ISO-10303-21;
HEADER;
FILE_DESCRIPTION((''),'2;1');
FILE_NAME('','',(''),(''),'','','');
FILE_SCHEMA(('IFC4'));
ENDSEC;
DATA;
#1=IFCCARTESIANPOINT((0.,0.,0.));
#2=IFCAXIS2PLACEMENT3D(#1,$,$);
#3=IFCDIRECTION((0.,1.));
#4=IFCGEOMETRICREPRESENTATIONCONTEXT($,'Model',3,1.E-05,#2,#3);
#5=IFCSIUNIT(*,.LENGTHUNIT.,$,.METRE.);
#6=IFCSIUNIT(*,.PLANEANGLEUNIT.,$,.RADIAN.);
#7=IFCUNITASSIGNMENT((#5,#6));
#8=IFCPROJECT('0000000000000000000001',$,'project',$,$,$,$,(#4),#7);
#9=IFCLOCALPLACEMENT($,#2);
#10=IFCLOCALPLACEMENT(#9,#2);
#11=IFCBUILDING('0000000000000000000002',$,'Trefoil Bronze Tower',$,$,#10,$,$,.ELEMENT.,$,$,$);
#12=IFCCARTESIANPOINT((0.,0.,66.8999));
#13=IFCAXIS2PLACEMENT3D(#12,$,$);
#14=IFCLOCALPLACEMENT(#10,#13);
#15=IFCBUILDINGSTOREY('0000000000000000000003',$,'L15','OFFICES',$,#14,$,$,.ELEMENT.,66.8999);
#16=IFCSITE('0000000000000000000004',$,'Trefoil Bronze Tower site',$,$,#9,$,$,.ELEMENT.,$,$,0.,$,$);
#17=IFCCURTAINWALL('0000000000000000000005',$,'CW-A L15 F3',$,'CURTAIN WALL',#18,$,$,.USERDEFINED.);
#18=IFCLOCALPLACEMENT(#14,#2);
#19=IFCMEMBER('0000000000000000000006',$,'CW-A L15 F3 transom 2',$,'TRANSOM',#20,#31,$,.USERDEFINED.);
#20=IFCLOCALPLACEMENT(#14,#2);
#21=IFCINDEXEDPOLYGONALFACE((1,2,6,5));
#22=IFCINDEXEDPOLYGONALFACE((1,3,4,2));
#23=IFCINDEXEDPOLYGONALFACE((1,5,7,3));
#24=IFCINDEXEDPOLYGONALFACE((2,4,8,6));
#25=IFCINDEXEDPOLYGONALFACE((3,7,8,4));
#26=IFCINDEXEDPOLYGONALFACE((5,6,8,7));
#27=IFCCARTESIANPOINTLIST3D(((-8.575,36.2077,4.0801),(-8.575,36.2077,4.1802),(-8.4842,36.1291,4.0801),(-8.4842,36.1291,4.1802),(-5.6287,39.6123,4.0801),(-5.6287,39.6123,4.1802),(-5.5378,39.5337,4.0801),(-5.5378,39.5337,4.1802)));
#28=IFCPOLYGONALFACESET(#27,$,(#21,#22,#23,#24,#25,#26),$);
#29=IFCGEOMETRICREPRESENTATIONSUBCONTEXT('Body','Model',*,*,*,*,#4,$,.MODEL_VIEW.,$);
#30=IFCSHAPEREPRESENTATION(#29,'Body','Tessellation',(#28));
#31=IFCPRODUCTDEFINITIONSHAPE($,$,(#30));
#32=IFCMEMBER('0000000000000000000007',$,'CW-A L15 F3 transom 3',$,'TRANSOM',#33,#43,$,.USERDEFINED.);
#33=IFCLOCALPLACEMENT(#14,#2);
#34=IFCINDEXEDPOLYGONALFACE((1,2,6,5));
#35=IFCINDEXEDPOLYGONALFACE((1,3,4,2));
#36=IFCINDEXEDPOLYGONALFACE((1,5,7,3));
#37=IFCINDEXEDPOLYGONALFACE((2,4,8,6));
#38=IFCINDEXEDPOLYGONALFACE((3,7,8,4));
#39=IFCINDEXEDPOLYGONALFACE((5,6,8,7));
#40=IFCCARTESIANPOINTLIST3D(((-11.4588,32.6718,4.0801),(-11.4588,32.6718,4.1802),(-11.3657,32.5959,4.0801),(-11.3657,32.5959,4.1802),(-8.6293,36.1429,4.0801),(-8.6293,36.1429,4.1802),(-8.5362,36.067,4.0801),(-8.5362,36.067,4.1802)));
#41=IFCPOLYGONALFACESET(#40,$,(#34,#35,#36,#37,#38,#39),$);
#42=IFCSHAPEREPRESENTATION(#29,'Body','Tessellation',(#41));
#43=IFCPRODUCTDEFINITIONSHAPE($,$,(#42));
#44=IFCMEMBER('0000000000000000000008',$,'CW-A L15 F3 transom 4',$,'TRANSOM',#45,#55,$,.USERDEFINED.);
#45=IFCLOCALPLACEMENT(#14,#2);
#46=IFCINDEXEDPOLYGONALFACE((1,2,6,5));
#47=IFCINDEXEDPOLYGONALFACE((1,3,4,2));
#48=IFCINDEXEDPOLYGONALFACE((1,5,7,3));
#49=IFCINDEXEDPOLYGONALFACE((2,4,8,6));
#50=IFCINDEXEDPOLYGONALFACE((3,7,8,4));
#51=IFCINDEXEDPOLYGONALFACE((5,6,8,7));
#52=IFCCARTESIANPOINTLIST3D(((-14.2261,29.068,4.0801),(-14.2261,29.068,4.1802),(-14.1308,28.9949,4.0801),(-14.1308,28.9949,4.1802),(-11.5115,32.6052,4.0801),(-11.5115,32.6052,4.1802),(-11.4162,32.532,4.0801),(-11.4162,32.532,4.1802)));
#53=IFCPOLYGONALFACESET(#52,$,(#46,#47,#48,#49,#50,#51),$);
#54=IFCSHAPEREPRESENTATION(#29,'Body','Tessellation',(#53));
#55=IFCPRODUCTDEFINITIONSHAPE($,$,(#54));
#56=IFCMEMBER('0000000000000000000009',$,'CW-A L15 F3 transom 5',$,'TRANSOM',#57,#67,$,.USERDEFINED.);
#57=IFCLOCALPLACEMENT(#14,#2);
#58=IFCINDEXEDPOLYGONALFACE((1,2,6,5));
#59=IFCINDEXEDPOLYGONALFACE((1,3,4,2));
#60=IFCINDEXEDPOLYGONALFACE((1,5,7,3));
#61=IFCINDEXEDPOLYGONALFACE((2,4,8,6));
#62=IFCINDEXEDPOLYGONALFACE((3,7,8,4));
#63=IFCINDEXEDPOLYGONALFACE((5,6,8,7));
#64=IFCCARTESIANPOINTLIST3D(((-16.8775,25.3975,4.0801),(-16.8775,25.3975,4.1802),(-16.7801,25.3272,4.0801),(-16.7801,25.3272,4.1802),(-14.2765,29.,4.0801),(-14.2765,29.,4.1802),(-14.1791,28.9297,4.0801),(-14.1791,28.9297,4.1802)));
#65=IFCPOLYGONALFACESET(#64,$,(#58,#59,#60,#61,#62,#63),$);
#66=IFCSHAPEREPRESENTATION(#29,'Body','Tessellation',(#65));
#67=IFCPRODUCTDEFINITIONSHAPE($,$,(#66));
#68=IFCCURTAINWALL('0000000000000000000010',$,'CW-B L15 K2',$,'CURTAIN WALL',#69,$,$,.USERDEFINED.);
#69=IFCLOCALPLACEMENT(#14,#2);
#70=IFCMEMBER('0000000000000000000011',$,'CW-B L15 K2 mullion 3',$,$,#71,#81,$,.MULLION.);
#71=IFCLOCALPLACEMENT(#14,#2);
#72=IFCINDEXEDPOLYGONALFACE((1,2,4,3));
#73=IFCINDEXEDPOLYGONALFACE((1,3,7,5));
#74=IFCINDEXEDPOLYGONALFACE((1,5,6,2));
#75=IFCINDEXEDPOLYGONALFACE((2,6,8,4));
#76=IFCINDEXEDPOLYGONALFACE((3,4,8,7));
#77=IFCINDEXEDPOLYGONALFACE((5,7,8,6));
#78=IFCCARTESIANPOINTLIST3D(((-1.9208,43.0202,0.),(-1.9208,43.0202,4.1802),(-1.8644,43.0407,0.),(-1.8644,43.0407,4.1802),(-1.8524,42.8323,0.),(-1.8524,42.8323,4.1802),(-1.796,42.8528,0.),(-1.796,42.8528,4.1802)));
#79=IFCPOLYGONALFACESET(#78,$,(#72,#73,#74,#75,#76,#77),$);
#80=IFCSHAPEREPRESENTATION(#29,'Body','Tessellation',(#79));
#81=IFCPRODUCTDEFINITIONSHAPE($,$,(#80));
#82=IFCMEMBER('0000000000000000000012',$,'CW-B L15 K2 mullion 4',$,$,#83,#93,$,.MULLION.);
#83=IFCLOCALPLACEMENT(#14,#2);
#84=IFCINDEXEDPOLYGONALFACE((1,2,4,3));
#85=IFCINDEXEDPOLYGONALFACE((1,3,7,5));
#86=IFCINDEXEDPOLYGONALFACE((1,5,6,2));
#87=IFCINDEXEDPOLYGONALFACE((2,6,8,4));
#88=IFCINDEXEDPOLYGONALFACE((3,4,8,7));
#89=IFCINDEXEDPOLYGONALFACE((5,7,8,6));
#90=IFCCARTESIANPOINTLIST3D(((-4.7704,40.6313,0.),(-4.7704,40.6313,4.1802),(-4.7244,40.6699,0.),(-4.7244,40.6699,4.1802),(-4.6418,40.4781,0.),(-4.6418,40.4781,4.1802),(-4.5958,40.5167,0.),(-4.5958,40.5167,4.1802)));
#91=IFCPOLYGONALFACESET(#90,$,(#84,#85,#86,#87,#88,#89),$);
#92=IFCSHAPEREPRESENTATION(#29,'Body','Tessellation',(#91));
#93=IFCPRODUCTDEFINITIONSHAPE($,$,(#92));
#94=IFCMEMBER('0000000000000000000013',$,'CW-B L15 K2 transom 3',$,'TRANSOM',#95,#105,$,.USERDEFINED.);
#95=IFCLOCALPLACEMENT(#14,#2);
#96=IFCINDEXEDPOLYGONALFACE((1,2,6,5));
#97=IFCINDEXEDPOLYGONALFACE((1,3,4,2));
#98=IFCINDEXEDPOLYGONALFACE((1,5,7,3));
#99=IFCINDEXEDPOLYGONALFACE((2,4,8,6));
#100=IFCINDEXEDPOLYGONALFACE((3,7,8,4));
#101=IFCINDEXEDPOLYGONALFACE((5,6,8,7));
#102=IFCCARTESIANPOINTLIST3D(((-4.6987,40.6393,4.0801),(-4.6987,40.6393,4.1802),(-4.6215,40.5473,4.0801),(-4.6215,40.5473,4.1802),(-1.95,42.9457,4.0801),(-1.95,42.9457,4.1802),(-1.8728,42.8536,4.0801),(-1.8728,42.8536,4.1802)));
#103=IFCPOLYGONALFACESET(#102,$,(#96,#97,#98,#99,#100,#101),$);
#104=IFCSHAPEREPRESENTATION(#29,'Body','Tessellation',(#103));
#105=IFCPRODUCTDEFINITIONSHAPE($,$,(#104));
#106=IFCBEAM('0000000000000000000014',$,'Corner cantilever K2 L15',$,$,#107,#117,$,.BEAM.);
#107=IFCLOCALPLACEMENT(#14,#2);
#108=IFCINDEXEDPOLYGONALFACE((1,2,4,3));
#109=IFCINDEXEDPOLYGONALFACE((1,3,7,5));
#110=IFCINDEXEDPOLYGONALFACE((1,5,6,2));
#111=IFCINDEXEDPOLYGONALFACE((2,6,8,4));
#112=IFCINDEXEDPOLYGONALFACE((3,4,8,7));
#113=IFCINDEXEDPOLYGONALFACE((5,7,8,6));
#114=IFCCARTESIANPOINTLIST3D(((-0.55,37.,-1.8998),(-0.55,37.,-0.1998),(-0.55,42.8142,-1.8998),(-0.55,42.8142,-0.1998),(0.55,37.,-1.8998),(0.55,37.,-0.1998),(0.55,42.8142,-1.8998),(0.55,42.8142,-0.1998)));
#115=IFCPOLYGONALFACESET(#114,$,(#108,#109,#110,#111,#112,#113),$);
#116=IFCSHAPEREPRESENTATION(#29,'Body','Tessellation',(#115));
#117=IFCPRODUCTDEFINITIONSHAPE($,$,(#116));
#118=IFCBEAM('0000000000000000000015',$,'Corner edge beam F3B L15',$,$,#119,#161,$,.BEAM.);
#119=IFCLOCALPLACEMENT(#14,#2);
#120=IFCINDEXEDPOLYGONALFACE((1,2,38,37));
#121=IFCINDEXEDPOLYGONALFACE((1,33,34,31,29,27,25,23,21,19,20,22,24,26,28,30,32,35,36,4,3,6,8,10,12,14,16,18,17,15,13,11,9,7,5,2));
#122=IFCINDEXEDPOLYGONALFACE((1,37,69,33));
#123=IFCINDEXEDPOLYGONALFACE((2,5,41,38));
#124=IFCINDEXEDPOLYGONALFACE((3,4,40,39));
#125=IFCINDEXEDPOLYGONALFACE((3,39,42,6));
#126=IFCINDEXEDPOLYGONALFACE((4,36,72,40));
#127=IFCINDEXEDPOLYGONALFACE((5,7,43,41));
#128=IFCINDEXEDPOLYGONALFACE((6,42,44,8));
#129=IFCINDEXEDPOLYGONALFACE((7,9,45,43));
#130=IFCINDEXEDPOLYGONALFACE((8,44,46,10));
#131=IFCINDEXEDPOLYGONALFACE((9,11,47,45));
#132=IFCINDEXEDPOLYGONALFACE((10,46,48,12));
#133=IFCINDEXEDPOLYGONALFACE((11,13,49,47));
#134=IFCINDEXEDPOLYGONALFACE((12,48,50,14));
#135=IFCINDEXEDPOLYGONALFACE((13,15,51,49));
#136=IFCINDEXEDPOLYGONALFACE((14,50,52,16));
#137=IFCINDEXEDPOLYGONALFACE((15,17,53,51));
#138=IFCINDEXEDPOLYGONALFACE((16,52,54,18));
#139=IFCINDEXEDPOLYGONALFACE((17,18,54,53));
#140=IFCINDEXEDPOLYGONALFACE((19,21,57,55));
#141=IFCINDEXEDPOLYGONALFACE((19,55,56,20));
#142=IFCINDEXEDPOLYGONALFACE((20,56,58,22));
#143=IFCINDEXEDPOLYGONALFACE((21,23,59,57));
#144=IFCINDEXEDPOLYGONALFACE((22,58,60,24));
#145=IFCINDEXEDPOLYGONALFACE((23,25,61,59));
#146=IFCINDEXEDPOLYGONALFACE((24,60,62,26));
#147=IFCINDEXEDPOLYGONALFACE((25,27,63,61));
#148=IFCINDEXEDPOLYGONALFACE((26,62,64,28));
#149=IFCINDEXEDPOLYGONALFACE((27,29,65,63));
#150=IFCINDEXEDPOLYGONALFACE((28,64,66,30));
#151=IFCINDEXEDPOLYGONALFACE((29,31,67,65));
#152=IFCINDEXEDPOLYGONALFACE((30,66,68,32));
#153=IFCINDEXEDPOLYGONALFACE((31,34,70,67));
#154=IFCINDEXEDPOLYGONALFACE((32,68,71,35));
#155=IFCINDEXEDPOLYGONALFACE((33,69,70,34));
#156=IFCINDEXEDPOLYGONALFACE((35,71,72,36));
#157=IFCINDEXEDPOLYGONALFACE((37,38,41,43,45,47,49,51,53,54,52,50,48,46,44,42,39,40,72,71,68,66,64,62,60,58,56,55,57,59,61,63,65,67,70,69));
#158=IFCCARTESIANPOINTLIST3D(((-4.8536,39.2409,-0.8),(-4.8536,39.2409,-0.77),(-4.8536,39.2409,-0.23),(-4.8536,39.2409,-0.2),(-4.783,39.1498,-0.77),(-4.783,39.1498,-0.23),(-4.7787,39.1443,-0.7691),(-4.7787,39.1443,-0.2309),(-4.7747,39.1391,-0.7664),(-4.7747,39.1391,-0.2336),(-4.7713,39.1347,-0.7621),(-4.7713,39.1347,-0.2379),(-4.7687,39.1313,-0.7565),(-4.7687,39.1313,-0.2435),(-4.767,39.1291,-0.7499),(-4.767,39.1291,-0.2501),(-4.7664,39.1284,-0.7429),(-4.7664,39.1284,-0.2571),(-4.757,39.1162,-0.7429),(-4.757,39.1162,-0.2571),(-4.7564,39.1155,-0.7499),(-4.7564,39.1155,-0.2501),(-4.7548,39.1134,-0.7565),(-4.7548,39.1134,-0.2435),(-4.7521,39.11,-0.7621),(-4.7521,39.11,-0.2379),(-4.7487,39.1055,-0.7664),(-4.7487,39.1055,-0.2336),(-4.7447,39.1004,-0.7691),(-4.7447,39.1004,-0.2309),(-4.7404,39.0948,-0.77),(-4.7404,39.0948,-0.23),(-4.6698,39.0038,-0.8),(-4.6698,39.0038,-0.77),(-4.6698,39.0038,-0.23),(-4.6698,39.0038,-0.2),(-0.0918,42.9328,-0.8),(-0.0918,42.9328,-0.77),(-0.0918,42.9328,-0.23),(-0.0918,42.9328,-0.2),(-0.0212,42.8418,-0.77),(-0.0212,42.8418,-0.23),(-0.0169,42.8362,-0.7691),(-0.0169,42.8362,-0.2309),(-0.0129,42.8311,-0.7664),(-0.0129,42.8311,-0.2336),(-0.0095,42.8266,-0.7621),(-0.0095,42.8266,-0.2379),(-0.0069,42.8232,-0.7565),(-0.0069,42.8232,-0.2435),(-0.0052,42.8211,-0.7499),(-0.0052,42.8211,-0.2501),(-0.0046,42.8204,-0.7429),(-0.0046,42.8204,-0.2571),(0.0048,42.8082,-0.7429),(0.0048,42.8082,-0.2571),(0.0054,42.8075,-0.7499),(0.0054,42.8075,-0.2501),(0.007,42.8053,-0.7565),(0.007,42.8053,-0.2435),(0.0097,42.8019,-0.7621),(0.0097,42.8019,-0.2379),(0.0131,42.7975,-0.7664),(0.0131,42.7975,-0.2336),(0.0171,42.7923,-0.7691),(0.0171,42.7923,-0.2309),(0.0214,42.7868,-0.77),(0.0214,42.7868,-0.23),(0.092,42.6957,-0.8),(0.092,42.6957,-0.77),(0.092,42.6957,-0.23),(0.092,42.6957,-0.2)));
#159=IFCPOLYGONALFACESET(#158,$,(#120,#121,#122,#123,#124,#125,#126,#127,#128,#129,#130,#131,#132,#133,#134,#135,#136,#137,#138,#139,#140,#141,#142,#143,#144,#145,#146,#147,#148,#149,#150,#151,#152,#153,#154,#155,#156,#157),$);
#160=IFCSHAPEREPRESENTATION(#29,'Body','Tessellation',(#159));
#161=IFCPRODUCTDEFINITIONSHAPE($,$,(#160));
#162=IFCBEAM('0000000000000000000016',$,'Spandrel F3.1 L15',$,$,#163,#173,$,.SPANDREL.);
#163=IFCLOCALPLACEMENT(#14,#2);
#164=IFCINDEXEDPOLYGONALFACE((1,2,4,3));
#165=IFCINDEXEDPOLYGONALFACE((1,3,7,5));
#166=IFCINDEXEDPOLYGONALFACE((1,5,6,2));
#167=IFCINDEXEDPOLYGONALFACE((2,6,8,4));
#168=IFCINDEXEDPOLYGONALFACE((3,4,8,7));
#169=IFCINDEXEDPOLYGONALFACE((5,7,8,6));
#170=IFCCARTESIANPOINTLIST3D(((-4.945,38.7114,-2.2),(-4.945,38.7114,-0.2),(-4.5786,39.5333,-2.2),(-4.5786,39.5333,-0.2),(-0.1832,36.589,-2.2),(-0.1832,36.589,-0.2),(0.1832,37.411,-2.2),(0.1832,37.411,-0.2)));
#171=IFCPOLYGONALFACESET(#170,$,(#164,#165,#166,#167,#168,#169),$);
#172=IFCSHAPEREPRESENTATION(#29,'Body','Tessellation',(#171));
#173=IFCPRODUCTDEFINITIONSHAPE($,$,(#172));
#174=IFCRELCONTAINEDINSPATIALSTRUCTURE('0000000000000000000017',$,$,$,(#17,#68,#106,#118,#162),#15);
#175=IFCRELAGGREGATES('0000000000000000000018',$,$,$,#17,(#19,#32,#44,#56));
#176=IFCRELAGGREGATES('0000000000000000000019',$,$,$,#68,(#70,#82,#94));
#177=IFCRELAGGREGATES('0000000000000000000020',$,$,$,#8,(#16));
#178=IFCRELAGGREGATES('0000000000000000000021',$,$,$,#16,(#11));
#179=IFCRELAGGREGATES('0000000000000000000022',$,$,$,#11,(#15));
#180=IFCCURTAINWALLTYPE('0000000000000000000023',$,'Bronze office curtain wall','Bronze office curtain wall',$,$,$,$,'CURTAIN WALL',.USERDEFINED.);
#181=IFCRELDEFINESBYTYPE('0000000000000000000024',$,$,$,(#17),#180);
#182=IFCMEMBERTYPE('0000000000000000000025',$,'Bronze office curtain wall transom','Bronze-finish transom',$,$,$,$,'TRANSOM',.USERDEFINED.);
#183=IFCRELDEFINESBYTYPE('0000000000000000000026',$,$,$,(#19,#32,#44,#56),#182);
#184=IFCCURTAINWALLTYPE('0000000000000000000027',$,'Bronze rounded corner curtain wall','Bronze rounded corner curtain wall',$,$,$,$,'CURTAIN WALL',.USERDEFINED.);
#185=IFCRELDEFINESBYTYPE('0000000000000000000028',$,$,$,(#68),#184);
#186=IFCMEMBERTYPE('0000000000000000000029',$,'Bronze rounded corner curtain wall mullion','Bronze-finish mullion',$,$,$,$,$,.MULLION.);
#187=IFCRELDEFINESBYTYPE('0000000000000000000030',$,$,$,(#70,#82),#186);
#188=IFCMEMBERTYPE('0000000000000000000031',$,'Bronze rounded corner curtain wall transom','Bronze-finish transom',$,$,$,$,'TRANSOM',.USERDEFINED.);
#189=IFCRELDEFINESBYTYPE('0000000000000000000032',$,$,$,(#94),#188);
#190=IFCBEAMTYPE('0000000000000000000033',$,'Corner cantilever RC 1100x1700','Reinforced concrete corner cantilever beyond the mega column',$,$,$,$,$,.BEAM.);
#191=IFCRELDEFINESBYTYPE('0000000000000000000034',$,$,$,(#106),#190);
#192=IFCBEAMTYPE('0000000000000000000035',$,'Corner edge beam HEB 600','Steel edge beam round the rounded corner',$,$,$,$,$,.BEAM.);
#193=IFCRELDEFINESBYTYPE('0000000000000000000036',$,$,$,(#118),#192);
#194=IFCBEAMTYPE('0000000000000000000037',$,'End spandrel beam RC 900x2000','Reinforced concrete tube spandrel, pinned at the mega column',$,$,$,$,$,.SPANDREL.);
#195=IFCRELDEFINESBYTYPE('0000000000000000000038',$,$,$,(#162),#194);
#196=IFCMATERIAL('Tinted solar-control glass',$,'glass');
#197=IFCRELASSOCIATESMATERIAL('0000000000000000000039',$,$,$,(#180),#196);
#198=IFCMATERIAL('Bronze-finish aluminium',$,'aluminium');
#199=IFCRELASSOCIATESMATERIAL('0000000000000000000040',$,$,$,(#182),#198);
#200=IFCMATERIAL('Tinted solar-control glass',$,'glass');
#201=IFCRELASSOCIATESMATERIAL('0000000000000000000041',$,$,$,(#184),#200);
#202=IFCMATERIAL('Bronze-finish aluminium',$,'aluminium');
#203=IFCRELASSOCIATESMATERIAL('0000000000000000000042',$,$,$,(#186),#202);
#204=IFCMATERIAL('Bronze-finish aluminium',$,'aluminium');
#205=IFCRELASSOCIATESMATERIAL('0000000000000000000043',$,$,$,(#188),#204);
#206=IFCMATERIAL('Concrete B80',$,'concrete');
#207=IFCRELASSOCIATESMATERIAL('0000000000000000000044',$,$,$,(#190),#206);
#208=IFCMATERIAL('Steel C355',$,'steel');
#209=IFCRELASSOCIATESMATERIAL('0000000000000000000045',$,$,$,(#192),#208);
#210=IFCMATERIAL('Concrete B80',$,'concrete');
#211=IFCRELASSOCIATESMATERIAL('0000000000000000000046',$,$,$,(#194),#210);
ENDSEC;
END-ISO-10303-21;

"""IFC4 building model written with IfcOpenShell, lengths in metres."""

from ifc_helpers import new_model, si_unit, direction, frame, origin, origin_2d, place, context, subcontext, project, spatial, rectangle, i_section, extrude, material, material_profile, profile_set, type_object, element, aggregate, save


model = new_model("IFC4")

# Units and contexts
model_context = context("Model", 3, precision=1e-05, world=origin(), true_north=direction((0.0, 1.0)))
body_context = subcontext(model_context, "Body", "Model", "MODEL_VIEW")
ifc_project = project(units=[si_unit("LENGTHUNIT", "METRE"), si_unit("PLANEANGLEUNIT", "RADIAN")], contexts=[model_context])

# Site, building, storey
site_placement = place(None, origin())
site = spatial("IfcSite", under=ifc_project, at=site_placement, Name="Trefoil Bronze Tower site", CompositionType="ELEMENT", RefElevation=0.0)
building_placement = place(site_placement, origin())
building = spatial("IfcBuilding", under=site, at=building_placement, Name="Trefoil Bronze Tower", CompositionType="ELEMENT")
storey_placement = place(building_placement, frame((0.0, 0.0, 66.8999)))
storey = spatial("IfcBuildingStorey", under=building, at=storey_placement, Name="L15", Description="OFFICES", CompositionType="ELEMENT", Elevation=66.8999)

# Curtain walls, members
ifc_material_1 = material(Name="Tinted solar-control glass", Category="glass")
curtain_wall_type_1 = type_object("IfcCurtainWallType", Name="Bronze office curtain wall", Description="Bronze office curtain wall", ElementType="CURTAIN WALL", PredefinedType="USERDEFINED", material=ifc_material_1)
curtain_wall_1_placement = place(storey_placement, origin())
curtain_wall_1 = element("IfcCurtainWall", 1, at=curtain_wall_1_placement, inside=storey, type_object=curtain_wall_type_1, Name="CW-A L15 F3", ObjectType="CURTAIN WALL", PredefinedType="USERDEFINED")
ifc_material_2 = material(Name="Bronze-finish aluminium", Category="aluminium")
ifc_material_profile_1 = material_profile(ifc_material_2, rectangle(XDim=0.1201, YDim=0.1001, at=origin_2d()), Name="CW-A transom")
ifc_profile_set_1 = profile_set([ifc_material_profile_1], Name="Bronze-finish aluminium")
member_type_1 = type_object("IfcMemberType", Name="Bronze office curtain wall transom", Description="Bronze-finish transom", ElementType="TRANSOM", PredefinedType="USERDEFINED", material=ifc_profile_set_1)
member_1_placement = place(storey_placement, frame((-5.5833, 39.573, 4.1301), z_axis=(-0.654383, -0.756163, 0.0), x_axis=(0.756163, -0.654383, 0.0)))
member_1 = element("IfcMember", 2, at=member_1_placement, type_object=member_type_1, Name="CW-A L15 F3 transom 2", ObjectType="TRANSOM", PredefinedType="USERDEFINED", context=body_context, shape_type="SweptSolid", body=[
    extrude(rectangle(XDim=0.1201, YDim=0.1001, at=origin_2d()), origin(), (0.0, 0.0, 1.0), 4.5024),
])
member_2_placement = place(storey_placement, frame((-8.5828, 36.105, 4.1301), z_axis=(-0.631836, -0.775102, 0.0), x_axis=(0.775102, -0.631836, 0.0)))
member_2 = element("IfcMember", 3, at=member_2_placement, type_object=member_type_1, Name="CW-A L15 F3 transom 3", ObjectType="TRANSOM", PredefinedType="USERDEFINED", context=body_context, shape_type="SweptSolid", body=[
    extrude(rectangle(XDim=0.1201, YDim=0.1001, at=origin_2d()), origin(), (0.0, 0.0, 1.0), 4.4783),
])
member_3_placement = place(storey_placement, frame((-11.4639, 32.5686, 4.1301), z_axis=(-0.608829, -0.793301, 0.0), x_axis=(0.793301, -0.608829, 0.0)))
member_3 = element("IfcMember", 4, at=member_3_placement, type_object=member_type_1, Name="CW-A L15 F3 transom 4", ObjectType="TRANSOM", PredefinedType="USERDEFINED", context=body_context, shape_type="SweptSolid", body=[
    extrude(rectangle(XDim=0.1201, YDim=0.1001, at=origin_2d()), origin(), (0.0, 0.0, 1.0), 4.4587),
])
member_4_placement = place(storey_placement, frame((-14.2278, 28.9648, 4.1301), z_axis=(-0.585378, -0.81076, 0.0), x_axis=(0.81076, -0.585378, 0.0)))
member_4 = element("IfcMember", 5, at=member_4_placement, type_object=member_type_1, Name="CW-A L15 F3 transom 5", ObjectType="TRANSOM", PredefinedType="USERDEFINED", context=body_context, shape_type="SweptSolid", body=[
    extrude(rectangle(XDim=0.1201, YDim=0.1001, at=origin_2d()), origin(), (0.0, 0.0, 1.0), 4.4434),
])
ifc_material_3 = material(Name="Tinted solar-control glass", Category="glass")
curtain_wall_type_2 = type_object("IfcCurtainWallType", Name="Bronze rounded corner curtain wall", Description="Bronze rounded corner curtain wall", ElementType="CURTAIN WALL", PredefinedType="USERDEFINED", material=ifc_material_3)
curtain_wall_2_placement = place(storey_placement, origin())
curtain_wall_2 = element("IfcCurtainWall", 6, at=curtain_wall_2_placement, inside=storey, type_object=curtain_wall_type_2, Name="CW-B L15 K2", ObjectType="CURTAIN WALL", PredefinedType="USERDEFINED")
ifc_material_4 = material(Name="Bronze-finish aluminium", Category="aluminium")
ifc_material_profile_2 = material_profile(ifc_material_4, rectangle(XDim=0.2, YDim=0.0601, at=origin_2d()), Name="CW-B mullion")
ifc_profile_set_2 = profile_set([ifc_material_profile_2], Name="Bronze-finish aluminium")
member_type_2 = type_object("IfcMemberType", Name="Bronze rounded corner curtain wall mullion", Description="Bronze-finish mullion", PredefinedType="MULLION", material=ifc_profile_set_2)
member_5_placement = place(storey_placement, frame((-1.8584, 42.9365, 0.0), z_axis=(0.0, 0.0, 1.0), x_axis=(0.34202, -0.939693, 0.0)))
member_5 = element("IfcMember", 7, at=member_5_placement, type_object=member_type_2, Name="CW-B L15 K2 mullion 3", PredefinedType="MULLION", context=body_context, shape_type="SweptSolid", body=[
    extrude(rectangle(XDim=0.2, YDim=0.0601, at=origin_2d()), origin(), (0.0, 0.0, 1.0), 4.1802),
])
member_6_placement = place(storey_placement, frame((-4.6831, 40.574, 0.0), z_axis=(0.0, 0.0, 1.0), x_axis=(0.642788, -0.766044, 0.0)))
member_6 = element("IfcMember", 8, at=member_6_placement, type_object=member_type_2, Name="CW-B L15 K2 mullion 4", PredefinedType="MULLION", context=body_context, shape_type="SweptSolid", body=[
    extrude(rectangle(XDim=0.2, YDim=0.0601, at=origin_2d()), origin(), (0.0, 0.0, 1.0), 4.1802),
])
ifc_material_5 = material(Name="Bronze-finish aluminium", Category="aluminium")
ifc_material_profile_3 = material_profile(ifc_material_5, rectangle(XDim=0.1201, YDim=0.1001, at=origin_2d()), Name="CW-B transom")
ifc_profile_set_3 = profile_set([ifc_material_profile_3], Name="Bronze-finish aluminium")
member_type_3 = type_object("IfcMemberType", Name="Bronze rounded corner curtain wall transom", Description="Bronze-finish transom", ElementType="TRANSOM", PredefinedType="USERDEFINED", material=ifc_profile_set_3)
member_7_placement = place(storey_placement, frame((-1.9114, 42.8997, 4.1301), z_axis=(-0.766059, -0.642771, 0.0), x_axis=(0.642771, -0.766059, 0.0)))
member_7 = element("IfcMember", 9, at=member_7_placement, type_object=member_type_3, Name="CW-B L15 K2 transom 3", ObjectType="TRANSOM", PredefinedType="USERDEFINED", context=body_context, shape_type="SweptSolid", body=[
    extrude(rectangle(XDim=0.1201, YDim=0.1001, at=origin_2d()), origin(), (0.0, 0.0, 1.0), 3.5881),
])

# Beams
ifc_material_6 = material(Name="Concrete B80", Category="concrete")
ifc_material_profile_4 = material_profile(ifc_material_6, rectangle(XDim=1.1001, YDim=1.7, at=origin_2d()), Name="RC 1100x1700")
ifc_profile_set_4 = profile_set([ifc_material_profile_4], Name="Concrete B80")
beam_type_1 = type_object("IfcBeamType", Name="Corner cantilever RC 1100x1700", Description="Reinforced concrete corner cantilever beyond the mega column", PredefinedType="BEAM", material=ifc_profile_set_4)
beam_1_placement = place(storey_placement, frame((0.0, 37.0, -1.0498), z_axis=(0.0, 1.0, 0.0), x_axis=(-1.0, 0.0, 0.0)))
element("IfcBeam", 10, at=beam_1_placement, inside=storey, type_object=beam_type_1, Name="Corner cantilever K2 L15", PredefinedType="BEAM", context=body_context, shape_type="SweptSolid", body=[
    extrude(rectangle(XDim=1.1001, YDim=1.7, at=origin_2d()), origin(), (0.0, 0.0, 1.0), 5.8142),
])
ifc_material_7 = material(Name="Steel C355", Category="steel")
ifc_material_profile_5 = material_profile(ifc_material_7, i_section(OverallWidth=0.3, OverallDepth=0.6001, WebThickness=0.0154, FlangeThickness=0.03, FilletRadius=0.0271, at=origin_2d()), Name="HEB 600")
ifc_profile_set_5 = profile_set([ifc_material_profile_5], Name="Steel C355")
beam_type_2 = type_object("IfcBeamType", Name="Corner edge beam HEB 600", Description="Steel edge beam round the rounded corner", PredefinedType="BEAM", material=ifc_profile_set_5)
beam_2_placement = place(storey_placement, frame((-4.7617, 39.1223, -0.5), z_axis=(0.790289, 0.612734, 0.0), x_axis=(-0.612734, 0.790289, 0.0)))
element("IfcBeam", 11, at=beam_2_placement, inside=storey, type_object=beam_type_2, Name="Corner edge beam F3B L15", PredefinedType="BEAM", context=body_context, shape_type="SweptSolid", body=[
    extrude(i_section(OverallWidth=0.3, OverallDepth=0.6001, WebThickness=0.0154, FlangeThickness=0.03, FilletRadius=0.0271, at=origin_2d()), origin(), (0.0, 0.0, 1.0), 6.0254),
])
ifc_material_8 = material(Name="Concrete B80", Category="concrete")
ifc_material_profile_6 = material_profile(ifc_material_8, rectangle(XDim=0.8999, YDim=2.0, at=origin_2d()), Name="RC 900x2000")
ifc_profile_set_6 = profile_set([ifc_material_profile_6], Name="Concrete B80")
beam_type_3 = type_object("IfcBeamType", Name="End spandrel beam RC 900x2000", Description="Reinforced concrete tube spandrel, pinned at the mega column", PredefinedType="SPANDREL", material=ifc_profile_set_6)
beam_3_placement = place(storey_placement, frame((0.0, 37.0, -1.2), z_axis=(-0.913384, 0.407099, 0.0), x_axis=(-0.407099, -0.913384, 0.0)))
element("IfcBeam", 12, at=beam_3_placement, inside=storey, type_object=beam_type_3, Name="Spandrel F3.1 L15", PredefinedType="SPANDREL", context=body_context, shape_type="SweptSolid", body=[
    extrude(rectangle(XDim=0.8999, YDim=2.0, at=origin_2d()), origin(), (0.0, 0.0, 1.0), 5.2134),
])

aggregate(curtain_wall_1, [member_1, member_2, member_3, member_4])
aggregate(curtain_wall_2, [member_5, member_6, member_7])

save(model, "model.ifc")
